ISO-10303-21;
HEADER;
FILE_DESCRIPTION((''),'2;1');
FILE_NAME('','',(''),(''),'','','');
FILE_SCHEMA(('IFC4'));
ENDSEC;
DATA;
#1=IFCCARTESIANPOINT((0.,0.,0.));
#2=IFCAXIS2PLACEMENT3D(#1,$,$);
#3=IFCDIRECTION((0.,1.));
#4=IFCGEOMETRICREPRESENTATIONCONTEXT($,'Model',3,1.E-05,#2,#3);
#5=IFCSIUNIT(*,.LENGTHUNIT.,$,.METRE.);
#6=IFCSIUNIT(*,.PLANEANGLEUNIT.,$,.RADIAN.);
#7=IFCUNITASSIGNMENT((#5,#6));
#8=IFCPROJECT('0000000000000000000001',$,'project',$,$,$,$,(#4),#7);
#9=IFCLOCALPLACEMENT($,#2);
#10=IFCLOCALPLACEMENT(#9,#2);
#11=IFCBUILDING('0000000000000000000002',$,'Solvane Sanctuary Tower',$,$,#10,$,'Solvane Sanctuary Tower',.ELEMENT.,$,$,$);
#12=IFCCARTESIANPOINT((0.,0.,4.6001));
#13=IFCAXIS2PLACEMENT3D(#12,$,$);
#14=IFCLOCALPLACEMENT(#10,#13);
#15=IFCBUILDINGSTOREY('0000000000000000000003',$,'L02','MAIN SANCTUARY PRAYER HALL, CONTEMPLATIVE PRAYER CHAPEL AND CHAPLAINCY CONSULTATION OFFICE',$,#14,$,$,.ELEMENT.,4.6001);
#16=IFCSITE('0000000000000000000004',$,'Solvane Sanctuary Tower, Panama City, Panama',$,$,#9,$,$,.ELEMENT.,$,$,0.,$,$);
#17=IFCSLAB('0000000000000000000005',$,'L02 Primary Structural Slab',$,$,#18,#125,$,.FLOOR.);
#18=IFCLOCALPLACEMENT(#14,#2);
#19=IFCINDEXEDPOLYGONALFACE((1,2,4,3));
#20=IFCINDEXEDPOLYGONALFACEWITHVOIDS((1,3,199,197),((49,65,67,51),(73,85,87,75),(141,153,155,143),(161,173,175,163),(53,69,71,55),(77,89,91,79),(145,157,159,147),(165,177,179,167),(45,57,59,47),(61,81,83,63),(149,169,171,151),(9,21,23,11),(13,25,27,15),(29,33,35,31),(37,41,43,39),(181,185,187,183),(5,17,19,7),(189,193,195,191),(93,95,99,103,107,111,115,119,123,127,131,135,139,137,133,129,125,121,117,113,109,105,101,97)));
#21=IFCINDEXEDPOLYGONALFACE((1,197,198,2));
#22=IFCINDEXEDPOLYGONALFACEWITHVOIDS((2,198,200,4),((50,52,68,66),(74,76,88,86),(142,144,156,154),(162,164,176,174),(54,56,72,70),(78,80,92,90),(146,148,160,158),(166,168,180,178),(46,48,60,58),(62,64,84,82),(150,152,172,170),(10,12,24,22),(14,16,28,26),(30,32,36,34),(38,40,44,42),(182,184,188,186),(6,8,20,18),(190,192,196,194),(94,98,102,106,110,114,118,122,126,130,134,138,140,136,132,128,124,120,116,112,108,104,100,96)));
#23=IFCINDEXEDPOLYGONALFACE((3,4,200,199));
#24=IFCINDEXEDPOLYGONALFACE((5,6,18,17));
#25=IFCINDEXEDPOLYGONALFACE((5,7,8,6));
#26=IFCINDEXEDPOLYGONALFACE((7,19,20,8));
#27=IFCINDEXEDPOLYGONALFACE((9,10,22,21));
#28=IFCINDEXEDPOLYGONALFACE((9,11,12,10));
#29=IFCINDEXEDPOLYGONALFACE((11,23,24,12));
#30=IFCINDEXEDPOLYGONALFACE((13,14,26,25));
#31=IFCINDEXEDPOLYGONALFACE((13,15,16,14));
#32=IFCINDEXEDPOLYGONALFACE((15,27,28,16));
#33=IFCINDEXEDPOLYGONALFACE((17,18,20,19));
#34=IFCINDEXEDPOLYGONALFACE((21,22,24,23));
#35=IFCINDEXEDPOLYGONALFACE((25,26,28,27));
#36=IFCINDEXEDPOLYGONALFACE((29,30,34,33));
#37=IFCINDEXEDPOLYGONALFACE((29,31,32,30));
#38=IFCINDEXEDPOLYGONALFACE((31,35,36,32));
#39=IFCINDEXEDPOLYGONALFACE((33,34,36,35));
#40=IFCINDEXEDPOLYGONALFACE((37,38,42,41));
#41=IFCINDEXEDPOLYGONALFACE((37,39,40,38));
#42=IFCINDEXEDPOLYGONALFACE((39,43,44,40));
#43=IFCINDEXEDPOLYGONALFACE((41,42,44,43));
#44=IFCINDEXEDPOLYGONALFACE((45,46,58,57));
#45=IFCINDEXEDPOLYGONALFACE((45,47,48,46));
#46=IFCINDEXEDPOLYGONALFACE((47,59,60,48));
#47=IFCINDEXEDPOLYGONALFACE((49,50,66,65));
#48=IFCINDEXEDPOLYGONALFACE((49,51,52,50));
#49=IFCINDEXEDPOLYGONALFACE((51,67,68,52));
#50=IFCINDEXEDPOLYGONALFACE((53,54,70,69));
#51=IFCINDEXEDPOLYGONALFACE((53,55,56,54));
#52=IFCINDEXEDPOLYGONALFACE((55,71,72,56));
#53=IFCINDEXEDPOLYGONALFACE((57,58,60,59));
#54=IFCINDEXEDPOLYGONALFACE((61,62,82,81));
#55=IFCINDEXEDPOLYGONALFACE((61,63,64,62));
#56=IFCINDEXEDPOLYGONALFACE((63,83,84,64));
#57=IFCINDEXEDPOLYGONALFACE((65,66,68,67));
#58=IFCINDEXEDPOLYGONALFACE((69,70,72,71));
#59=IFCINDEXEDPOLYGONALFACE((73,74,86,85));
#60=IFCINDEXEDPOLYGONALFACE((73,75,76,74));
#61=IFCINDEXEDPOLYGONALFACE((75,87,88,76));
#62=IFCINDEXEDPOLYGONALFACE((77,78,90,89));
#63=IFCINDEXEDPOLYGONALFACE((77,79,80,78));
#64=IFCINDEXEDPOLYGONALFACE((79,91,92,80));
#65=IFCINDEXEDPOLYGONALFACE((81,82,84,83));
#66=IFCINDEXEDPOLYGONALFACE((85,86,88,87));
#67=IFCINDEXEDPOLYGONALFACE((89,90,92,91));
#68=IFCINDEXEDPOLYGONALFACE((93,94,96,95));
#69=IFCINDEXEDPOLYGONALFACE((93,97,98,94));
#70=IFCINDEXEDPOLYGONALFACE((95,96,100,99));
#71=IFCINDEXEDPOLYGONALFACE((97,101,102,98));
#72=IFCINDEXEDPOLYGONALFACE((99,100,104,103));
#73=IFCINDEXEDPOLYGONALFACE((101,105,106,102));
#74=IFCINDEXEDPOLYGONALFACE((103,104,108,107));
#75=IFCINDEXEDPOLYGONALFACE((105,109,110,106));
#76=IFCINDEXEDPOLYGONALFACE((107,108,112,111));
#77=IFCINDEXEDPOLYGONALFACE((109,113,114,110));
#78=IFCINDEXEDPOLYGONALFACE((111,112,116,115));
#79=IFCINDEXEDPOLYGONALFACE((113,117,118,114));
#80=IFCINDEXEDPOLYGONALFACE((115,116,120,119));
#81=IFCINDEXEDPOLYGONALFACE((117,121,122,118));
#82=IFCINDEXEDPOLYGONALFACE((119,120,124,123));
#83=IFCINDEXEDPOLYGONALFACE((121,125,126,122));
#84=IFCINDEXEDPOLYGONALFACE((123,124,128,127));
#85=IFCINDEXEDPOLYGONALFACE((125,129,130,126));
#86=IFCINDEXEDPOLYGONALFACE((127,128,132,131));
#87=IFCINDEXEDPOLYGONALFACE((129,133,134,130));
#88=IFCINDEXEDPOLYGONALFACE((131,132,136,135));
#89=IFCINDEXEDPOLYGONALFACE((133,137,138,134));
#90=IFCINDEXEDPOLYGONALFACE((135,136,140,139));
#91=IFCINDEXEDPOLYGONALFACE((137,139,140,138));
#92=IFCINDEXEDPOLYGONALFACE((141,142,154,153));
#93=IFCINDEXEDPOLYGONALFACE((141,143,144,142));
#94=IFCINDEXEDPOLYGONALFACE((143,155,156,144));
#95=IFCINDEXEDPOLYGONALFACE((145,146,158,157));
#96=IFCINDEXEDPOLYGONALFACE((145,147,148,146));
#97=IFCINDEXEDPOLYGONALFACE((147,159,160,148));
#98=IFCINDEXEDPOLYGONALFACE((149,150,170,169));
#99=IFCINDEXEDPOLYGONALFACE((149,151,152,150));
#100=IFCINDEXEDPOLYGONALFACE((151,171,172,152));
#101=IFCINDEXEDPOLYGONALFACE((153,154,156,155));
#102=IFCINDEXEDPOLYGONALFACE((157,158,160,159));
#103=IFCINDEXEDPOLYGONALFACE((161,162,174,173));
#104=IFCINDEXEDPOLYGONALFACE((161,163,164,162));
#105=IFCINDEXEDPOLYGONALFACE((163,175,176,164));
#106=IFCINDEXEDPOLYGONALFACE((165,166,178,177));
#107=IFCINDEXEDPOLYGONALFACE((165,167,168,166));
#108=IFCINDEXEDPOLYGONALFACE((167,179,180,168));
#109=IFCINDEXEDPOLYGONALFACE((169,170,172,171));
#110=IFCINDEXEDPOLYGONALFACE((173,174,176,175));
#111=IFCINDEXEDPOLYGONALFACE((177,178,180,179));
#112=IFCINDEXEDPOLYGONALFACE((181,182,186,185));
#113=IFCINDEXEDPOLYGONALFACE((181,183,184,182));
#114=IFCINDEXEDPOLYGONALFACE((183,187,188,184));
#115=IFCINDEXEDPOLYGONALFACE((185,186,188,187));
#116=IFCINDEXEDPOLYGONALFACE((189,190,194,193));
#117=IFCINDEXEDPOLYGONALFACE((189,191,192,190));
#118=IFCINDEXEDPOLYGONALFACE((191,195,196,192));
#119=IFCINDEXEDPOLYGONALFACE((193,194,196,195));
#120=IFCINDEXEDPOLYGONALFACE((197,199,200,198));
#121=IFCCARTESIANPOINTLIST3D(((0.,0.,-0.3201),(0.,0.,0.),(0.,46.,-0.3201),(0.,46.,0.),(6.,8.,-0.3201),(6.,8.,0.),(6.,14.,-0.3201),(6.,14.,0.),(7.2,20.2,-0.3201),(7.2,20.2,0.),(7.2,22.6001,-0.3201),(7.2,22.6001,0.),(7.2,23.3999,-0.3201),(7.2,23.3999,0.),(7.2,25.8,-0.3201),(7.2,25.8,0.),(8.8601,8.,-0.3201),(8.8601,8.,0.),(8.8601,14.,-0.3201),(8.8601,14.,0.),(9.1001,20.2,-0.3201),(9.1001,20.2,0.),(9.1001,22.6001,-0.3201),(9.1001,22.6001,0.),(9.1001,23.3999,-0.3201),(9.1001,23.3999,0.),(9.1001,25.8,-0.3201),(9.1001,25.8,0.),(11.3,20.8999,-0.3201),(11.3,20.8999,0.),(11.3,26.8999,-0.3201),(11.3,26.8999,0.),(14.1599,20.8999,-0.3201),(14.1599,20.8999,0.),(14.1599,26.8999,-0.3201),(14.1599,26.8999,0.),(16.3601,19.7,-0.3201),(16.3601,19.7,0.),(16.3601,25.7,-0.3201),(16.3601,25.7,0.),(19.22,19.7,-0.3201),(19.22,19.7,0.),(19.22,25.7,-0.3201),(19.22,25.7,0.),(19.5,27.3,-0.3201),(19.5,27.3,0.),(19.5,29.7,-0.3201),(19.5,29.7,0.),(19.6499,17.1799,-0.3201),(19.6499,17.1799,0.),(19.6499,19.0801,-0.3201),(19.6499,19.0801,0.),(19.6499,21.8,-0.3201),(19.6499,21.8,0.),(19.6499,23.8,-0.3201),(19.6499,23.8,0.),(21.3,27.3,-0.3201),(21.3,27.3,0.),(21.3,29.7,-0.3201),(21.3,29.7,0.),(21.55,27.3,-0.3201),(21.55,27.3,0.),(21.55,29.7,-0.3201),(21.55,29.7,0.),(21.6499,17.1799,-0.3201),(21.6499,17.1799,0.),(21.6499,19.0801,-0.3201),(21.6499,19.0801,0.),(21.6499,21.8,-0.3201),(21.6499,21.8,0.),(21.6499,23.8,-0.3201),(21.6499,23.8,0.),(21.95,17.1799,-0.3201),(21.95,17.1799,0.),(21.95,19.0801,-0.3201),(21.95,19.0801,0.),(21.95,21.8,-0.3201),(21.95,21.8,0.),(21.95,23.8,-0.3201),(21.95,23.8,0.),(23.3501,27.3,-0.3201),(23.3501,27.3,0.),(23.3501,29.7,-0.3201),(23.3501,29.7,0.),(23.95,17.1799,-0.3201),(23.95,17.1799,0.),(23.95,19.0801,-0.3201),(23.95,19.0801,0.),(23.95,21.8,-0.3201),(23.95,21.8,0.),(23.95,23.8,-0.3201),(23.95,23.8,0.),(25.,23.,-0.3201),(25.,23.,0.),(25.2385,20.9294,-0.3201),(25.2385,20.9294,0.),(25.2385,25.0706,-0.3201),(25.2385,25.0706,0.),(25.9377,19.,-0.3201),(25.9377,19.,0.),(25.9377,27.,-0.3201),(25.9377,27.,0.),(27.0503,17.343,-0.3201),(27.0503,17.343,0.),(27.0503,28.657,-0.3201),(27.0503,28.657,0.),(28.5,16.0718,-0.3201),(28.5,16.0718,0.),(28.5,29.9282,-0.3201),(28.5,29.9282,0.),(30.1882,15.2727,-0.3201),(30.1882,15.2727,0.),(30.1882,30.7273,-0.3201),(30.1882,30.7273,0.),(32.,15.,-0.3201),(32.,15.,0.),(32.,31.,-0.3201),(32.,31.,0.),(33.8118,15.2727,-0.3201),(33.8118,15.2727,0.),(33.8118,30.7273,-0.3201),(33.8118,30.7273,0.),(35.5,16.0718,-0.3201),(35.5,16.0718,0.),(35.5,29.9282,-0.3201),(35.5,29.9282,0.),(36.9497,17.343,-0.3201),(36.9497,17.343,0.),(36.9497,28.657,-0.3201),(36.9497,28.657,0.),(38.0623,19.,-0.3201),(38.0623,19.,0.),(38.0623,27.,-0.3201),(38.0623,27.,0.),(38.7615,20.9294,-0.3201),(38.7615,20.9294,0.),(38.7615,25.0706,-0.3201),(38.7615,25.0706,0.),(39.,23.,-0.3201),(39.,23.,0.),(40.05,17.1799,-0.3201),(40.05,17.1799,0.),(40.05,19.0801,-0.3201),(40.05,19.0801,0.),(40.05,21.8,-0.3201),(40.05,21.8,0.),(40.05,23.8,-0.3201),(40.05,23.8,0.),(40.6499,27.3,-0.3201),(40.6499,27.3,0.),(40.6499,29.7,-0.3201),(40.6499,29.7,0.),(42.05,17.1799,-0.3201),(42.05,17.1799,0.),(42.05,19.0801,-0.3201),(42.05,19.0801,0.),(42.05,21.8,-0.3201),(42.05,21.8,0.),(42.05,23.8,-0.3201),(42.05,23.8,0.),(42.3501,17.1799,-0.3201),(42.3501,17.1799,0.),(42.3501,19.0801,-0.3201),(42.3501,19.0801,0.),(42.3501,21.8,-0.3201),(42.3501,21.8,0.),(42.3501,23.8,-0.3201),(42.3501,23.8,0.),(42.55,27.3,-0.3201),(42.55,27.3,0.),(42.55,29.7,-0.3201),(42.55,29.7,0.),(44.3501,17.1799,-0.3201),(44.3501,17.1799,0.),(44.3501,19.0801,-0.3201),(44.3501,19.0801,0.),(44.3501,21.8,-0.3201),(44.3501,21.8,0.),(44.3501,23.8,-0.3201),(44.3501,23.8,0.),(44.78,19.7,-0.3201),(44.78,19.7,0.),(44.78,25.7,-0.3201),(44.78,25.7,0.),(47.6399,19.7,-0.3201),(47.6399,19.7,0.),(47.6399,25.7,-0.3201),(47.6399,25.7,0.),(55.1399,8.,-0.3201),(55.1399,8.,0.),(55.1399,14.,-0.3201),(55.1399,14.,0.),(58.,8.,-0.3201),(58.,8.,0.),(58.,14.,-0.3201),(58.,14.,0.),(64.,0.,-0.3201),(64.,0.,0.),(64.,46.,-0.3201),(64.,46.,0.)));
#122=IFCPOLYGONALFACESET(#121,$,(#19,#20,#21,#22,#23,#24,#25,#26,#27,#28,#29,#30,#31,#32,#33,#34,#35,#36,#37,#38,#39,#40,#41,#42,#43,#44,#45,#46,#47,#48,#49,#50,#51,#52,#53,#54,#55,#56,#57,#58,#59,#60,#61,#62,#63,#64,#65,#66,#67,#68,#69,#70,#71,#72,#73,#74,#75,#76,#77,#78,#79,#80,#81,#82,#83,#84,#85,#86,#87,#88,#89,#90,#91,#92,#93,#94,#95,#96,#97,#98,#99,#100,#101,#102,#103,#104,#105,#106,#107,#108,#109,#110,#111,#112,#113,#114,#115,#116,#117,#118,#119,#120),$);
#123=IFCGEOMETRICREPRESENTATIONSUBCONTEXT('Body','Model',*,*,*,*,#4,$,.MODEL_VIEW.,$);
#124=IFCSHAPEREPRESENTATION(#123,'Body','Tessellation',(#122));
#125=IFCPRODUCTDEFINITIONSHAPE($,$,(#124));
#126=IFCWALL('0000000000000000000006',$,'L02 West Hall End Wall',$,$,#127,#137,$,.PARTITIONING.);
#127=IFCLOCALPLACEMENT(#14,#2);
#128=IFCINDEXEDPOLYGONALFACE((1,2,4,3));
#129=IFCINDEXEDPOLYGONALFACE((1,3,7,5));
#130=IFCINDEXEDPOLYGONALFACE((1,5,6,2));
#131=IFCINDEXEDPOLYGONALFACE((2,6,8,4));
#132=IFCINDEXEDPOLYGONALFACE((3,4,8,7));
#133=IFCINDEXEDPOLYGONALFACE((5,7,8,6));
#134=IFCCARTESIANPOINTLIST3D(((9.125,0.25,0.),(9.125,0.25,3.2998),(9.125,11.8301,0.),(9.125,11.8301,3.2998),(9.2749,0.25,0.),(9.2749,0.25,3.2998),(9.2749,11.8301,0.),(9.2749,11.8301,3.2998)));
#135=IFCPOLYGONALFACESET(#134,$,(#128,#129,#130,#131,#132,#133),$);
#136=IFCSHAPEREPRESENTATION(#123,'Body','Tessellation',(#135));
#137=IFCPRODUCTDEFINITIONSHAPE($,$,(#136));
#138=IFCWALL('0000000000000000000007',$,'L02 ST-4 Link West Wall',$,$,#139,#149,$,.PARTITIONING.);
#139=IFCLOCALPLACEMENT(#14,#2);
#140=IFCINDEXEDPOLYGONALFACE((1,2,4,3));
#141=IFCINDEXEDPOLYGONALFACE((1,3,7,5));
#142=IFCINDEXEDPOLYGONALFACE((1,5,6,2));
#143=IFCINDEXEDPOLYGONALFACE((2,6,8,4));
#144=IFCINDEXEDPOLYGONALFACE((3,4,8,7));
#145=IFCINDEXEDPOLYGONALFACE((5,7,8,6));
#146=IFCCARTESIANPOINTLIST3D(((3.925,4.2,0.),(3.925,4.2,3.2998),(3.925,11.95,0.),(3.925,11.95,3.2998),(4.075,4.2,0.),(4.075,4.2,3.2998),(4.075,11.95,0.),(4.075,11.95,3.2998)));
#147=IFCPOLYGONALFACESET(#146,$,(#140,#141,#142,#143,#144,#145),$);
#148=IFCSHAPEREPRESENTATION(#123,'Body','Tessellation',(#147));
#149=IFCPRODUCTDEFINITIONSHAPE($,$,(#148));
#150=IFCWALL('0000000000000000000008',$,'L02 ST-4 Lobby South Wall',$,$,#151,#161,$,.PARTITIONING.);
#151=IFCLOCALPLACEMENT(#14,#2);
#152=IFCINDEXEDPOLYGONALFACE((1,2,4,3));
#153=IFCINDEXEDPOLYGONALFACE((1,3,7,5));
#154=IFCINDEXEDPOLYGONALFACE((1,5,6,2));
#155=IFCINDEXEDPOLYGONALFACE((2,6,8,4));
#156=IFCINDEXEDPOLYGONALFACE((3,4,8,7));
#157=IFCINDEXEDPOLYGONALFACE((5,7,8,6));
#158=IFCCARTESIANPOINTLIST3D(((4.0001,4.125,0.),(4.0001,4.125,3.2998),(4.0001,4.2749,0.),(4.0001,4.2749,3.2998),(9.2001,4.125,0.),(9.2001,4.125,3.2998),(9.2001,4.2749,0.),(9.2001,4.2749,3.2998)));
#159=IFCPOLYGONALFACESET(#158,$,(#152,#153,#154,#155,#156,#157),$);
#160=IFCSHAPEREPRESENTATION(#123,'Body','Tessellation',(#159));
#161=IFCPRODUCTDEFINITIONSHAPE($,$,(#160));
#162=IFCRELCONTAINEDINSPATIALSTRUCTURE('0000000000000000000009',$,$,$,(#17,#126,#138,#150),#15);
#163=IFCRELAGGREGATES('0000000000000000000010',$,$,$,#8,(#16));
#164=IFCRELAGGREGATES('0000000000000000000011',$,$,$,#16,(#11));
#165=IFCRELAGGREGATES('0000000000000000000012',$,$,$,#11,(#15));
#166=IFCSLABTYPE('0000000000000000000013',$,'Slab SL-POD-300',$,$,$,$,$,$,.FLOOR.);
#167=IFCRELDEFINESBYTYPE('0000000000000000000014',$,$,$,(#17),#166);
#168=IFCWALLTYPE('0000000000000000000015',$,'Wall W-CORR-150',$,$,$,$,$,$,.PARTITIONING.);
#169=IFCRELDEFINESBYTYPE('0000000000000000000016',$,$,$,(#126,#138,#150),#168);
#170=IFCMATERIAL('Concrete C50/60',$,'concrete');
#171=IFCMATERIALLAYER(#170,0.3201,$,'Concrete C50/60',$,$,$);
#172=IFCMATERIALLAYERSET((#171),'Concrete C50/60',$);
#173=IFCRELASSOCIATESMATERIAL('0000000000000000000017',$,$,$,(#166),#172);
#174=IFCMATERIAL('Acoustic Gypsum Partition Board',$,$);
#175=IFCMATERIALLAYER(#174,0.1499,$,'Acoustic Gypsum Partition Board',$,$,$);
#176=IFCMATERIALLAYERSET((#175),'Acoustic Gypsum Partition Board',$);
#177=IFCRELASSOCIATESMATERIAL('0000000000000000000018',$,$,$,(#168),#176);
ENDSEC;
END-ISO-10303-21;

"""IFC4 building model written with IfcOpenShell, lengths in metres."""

from ifc_helpers import new_model, si_unit, direction, frame, frame_2d, origin, place, context, subcontext, project, spatial, polyline, rectangle, outline, extrude, material, layer, layer_set, type_object, element, save


model = new_model("IFC4")

# Units and contexts
model_context = context("Model", 3, precision=1e-05, world=origin(), true_north=direction((0.0, 1.0)))
body_context = subcontext(model_context, "Body", "Model", "MODEL_VIEW")
ifc_project = project(units=[si_unit("LENGTHUNIT", "METRE"), si_unit("PLANEANGLEUNIT", "RADIAN")], contexts=[model_context])

# Site, building, storey
site_placement = place(None, origin())
site = spatial("IfcSite", under=ifc_project, at=site_placement, Name="Solvane Sanctuary Tower, Panama City, Panama", CompositionType="ELEMENT", RefElevation=0.0)
building_placement = place(site_placement, origin())
building = spatial("IfcBuilding", under=site, at=building_placement, Name="Solvane Sanctuary Tower", LongName="Solvane Sanctuary Tower", CompositionType="ELEMENT")
storey_placement = place(building_placement, frame((0.0, 0.0, 4.6001)))
storey = spatial("IfcBuildingStorey", under=building, at=storey_placement, Name="L02", Description="MAIN SANCTUARY PRAYER HALL, CONTEMPLATIVE PRAYER CHAPEL AND CHAPLAINCY CONSULTATION OFFICE", CompositionType="ELEMENT", Elevation=4.6001)

# Shared definitions
ifc_material_1 = material(Name="Concrete C50/60", Category="concrete")

# Slab
ifc_layer_1 = layer(ifc_material_1, 0.3201, Name="Concrete C50/60")
ifc_layer_set_1 = layer_set([ifc_layer_1], Name="Concrete C50/60")
slab_type_1 = type_object("IfcSlabType", Name="Slab SL-POD-300", PredefinedType="FLOOR", material=ifc_layer_set_1)
slab_1_placement = place(storey_placement, frame((0.0, 0.0, -0.3201)))
element("IfcSlab", 1, at=slab_1_placement, inside=storey, type_object=slab_type_1, Name="L02 Primary Structural Slab", PredefinedType="FLOOR", context=body_context, shape_type="SweptSolid", body=[
    extrude(outline(polyline([(0.0, 0.0), (64.0, 0.0), (64.0, 46.0), (0.0, 46.0), (0.0, 0.0)]), holes=[polyline([(38.7615, 20.9294), (38.0623, 19.0), (36.9497, 17.343), (35.5, 16.0718), (33.8118, 15.2727), (32.0, 15.0), (30.1882, 15.2727), (28.5, 16.0718), (27.0503, 17.343), (25.9377, 19.0), (25.2385, 20.9294), (25.0, 23.0), (25.2385, 25.0706), (25.9377, 27.0), (27.0503, 28.657), (28.5, 29.9282), (30.1882, 30.7273), (32.0, 31.0), (33.8118, 30.7273), (35.5, 29.9282), (36.9497, 28.657), (38.0623, 27.0), (38.7615, 25.0706), (39.0, 23.0), (38.7615, 20.9294)]), polyline([(16.3601, 19.7), (16.3601, 25.7), (19.22, 25.7), (19.22, 19.7), (16.3601, 19.7)]), polyline([(44.78, 19.7), (44.78, 25.7), (47.6399, 25.7), (47.6399, 19.7), (44.78, 19.7)]), polyline([(11.3, 20.8999), (11.3, 26.8999), (14.1599, 26.8999), (14.1599, 20.8999), (11.3, 20.8999)]), polyline([(6.0, 8.0), (6.0, 14.0), (8.8601, 14.0), (8.8601, 8.0), (6.0, 8.0)]), polyline([(55.1399, 8.0), (55.1399, 14.0), (58.0, 14.0), (58.0, 8.0), (55.1399, 8.0)]), polyline([(19.6499, 19.0801), (21.6499, 19.0801), (21.6499, 17.1799), (19.6499, 17.1799), (19.6499, 19.0801)]), polyline([(21.95, 19.0801), (23.95, 19.0801), (23.95, 17.1799), (21.95, 17.1799), (21.95, 19.0801)]), polyline([(40.05, 19.0801), (42.05, 19.0801), (42.05, 17.1799), (40.05, 17.1799), (40.05, 19.0801)]), polyline([(42.3501, 19.0801), (44.3501, 19.0801), (44.3501, 17.1799), (42.3501, 17.1799), (42.3501, 19.0801)]), polyline([(19.6499, 23.8), (21.6499, 23.8), (21.6499, 21.8), (19.6499, 21.8), (19.6499, 23.8)]), polyline([(42.3501, 23.8), (44.3501, 23.8), (44.3501, 21.8), (42.3501, 21.8), (42.3501, 23.8)]), polyline([(21.95, 23.8), (23.95, 23.8), (23.95, 21.8), (21.95, 21.8), (21.95, 23.8)]), polyline([(40.05, 23.8), (42.05, 23.8), (42.05, 21.8), (40.05, 21.8), (40.05, 23.8)]), polyline([(19.5, 29.7), (21.3, 29.7), (21.3, 27.3), (19.5, 27.3), (19.5, 29.7)]), polyline([(21.55, 29.7), (23.3501, 29.7), (23.3501, 27.3), (21.55, 27.3), (21.55, 29.7)]), polyline([(40.6499, 29.7), (42.55, 29.7), (42.55, 27.3), (40.6499, 27.3), (40.6499, 29.7)]), polyline([(7.2, 22.6001), (9.1001, 22.6001), (9.1001, 20.2), (7.2, 20.2), (7.2, 22.6001)]), polyline([(7.2, 25.8), (9.1001, 25.8), (9.1001, 23.3999), (7.2, 23.3999), (7.2, 25.8)])]), origin(), (0.0, 0.0, 1.0), 0.3201),
])

# Walls
ifc_material_2 = material(Name="Acoustic Gypsum Partition Board")
ifc_layer_2 = layer(ifc_material_2, 0.1499, Name="Acoustic Gypsum Partition Board")
ifc_layer_set_2 = layer_set([ifc_layer_2], Name="Acoustic Gypsum Partition Board")
wall_type_1 = type_object("IfcWallType", Name="Wall W-CORR-150", PredefinedType="PARTITIONING", material=ifc_layer_set_2)
wall_1_placement = place(storey_placement, frame((9.2, 0.25, 0.0), z_axis=(0.0, 0.0, 1.0), x_axis=(0.0, 1.0, 0.0)))
element("IfcWall", 2, at=wall_1_placement, inside=storey, type_object=wall_type_1, Name="L02 West Hall End Wall", PredefinedType="PARTITIONING", context=body_context, shape_type="SweptSolid", body=[
    extrude(rectangle(XDim=11.5801, YDim=0.1499, at=frame_2d((5.79, 0.0))), origin(), (0.0, 0.0, 1.0), 3.2998),
])
wall_2_placement = place(storey_placement, frame((4.0, 4.2, 0.0), z_axis=(0.0, 0.0, 1.0), x_axis=(0.0, 1.0, 0.0)))
element("IfcWall", 3, at=wall_2_placement, inside=storey, type_object=wall_type_1, Name="L02 ST-4 Link West Wall", PredefinedType="PARTITIONING", context=body_context, shape_type="SweptSolid", body=[
    extrude(rectangle(XDim=7.75, YDim=0.1499, at=frame_2d((3.875, 0.0))), origin(), (0.0, 0.0, 1.0), 3.2998),
])
wall_3_placement = place(storey_placement, frame((4.0, 4.2, 0.0), z_axis=(0.0, 0.0, 1.0), x_axis=(1.0, 0.0, 0.0)))
element("IfcWall", 4, at=wall_3_placement, inside=storey, type_object=wall_type_1, Name="L02 ST-4 Lobby South Wall", PredefinedType="PARTITIONING", context=body_context, shape_type="SweptSolid", body=[
    extrude(rectangle(XDim=5.2, YDim=0.1499, at=frame_2d((2.6001, 0.0))), origin(), (0.0, 0.0, 1.0), 3.2998),
])

save(model, "model.ifc")
